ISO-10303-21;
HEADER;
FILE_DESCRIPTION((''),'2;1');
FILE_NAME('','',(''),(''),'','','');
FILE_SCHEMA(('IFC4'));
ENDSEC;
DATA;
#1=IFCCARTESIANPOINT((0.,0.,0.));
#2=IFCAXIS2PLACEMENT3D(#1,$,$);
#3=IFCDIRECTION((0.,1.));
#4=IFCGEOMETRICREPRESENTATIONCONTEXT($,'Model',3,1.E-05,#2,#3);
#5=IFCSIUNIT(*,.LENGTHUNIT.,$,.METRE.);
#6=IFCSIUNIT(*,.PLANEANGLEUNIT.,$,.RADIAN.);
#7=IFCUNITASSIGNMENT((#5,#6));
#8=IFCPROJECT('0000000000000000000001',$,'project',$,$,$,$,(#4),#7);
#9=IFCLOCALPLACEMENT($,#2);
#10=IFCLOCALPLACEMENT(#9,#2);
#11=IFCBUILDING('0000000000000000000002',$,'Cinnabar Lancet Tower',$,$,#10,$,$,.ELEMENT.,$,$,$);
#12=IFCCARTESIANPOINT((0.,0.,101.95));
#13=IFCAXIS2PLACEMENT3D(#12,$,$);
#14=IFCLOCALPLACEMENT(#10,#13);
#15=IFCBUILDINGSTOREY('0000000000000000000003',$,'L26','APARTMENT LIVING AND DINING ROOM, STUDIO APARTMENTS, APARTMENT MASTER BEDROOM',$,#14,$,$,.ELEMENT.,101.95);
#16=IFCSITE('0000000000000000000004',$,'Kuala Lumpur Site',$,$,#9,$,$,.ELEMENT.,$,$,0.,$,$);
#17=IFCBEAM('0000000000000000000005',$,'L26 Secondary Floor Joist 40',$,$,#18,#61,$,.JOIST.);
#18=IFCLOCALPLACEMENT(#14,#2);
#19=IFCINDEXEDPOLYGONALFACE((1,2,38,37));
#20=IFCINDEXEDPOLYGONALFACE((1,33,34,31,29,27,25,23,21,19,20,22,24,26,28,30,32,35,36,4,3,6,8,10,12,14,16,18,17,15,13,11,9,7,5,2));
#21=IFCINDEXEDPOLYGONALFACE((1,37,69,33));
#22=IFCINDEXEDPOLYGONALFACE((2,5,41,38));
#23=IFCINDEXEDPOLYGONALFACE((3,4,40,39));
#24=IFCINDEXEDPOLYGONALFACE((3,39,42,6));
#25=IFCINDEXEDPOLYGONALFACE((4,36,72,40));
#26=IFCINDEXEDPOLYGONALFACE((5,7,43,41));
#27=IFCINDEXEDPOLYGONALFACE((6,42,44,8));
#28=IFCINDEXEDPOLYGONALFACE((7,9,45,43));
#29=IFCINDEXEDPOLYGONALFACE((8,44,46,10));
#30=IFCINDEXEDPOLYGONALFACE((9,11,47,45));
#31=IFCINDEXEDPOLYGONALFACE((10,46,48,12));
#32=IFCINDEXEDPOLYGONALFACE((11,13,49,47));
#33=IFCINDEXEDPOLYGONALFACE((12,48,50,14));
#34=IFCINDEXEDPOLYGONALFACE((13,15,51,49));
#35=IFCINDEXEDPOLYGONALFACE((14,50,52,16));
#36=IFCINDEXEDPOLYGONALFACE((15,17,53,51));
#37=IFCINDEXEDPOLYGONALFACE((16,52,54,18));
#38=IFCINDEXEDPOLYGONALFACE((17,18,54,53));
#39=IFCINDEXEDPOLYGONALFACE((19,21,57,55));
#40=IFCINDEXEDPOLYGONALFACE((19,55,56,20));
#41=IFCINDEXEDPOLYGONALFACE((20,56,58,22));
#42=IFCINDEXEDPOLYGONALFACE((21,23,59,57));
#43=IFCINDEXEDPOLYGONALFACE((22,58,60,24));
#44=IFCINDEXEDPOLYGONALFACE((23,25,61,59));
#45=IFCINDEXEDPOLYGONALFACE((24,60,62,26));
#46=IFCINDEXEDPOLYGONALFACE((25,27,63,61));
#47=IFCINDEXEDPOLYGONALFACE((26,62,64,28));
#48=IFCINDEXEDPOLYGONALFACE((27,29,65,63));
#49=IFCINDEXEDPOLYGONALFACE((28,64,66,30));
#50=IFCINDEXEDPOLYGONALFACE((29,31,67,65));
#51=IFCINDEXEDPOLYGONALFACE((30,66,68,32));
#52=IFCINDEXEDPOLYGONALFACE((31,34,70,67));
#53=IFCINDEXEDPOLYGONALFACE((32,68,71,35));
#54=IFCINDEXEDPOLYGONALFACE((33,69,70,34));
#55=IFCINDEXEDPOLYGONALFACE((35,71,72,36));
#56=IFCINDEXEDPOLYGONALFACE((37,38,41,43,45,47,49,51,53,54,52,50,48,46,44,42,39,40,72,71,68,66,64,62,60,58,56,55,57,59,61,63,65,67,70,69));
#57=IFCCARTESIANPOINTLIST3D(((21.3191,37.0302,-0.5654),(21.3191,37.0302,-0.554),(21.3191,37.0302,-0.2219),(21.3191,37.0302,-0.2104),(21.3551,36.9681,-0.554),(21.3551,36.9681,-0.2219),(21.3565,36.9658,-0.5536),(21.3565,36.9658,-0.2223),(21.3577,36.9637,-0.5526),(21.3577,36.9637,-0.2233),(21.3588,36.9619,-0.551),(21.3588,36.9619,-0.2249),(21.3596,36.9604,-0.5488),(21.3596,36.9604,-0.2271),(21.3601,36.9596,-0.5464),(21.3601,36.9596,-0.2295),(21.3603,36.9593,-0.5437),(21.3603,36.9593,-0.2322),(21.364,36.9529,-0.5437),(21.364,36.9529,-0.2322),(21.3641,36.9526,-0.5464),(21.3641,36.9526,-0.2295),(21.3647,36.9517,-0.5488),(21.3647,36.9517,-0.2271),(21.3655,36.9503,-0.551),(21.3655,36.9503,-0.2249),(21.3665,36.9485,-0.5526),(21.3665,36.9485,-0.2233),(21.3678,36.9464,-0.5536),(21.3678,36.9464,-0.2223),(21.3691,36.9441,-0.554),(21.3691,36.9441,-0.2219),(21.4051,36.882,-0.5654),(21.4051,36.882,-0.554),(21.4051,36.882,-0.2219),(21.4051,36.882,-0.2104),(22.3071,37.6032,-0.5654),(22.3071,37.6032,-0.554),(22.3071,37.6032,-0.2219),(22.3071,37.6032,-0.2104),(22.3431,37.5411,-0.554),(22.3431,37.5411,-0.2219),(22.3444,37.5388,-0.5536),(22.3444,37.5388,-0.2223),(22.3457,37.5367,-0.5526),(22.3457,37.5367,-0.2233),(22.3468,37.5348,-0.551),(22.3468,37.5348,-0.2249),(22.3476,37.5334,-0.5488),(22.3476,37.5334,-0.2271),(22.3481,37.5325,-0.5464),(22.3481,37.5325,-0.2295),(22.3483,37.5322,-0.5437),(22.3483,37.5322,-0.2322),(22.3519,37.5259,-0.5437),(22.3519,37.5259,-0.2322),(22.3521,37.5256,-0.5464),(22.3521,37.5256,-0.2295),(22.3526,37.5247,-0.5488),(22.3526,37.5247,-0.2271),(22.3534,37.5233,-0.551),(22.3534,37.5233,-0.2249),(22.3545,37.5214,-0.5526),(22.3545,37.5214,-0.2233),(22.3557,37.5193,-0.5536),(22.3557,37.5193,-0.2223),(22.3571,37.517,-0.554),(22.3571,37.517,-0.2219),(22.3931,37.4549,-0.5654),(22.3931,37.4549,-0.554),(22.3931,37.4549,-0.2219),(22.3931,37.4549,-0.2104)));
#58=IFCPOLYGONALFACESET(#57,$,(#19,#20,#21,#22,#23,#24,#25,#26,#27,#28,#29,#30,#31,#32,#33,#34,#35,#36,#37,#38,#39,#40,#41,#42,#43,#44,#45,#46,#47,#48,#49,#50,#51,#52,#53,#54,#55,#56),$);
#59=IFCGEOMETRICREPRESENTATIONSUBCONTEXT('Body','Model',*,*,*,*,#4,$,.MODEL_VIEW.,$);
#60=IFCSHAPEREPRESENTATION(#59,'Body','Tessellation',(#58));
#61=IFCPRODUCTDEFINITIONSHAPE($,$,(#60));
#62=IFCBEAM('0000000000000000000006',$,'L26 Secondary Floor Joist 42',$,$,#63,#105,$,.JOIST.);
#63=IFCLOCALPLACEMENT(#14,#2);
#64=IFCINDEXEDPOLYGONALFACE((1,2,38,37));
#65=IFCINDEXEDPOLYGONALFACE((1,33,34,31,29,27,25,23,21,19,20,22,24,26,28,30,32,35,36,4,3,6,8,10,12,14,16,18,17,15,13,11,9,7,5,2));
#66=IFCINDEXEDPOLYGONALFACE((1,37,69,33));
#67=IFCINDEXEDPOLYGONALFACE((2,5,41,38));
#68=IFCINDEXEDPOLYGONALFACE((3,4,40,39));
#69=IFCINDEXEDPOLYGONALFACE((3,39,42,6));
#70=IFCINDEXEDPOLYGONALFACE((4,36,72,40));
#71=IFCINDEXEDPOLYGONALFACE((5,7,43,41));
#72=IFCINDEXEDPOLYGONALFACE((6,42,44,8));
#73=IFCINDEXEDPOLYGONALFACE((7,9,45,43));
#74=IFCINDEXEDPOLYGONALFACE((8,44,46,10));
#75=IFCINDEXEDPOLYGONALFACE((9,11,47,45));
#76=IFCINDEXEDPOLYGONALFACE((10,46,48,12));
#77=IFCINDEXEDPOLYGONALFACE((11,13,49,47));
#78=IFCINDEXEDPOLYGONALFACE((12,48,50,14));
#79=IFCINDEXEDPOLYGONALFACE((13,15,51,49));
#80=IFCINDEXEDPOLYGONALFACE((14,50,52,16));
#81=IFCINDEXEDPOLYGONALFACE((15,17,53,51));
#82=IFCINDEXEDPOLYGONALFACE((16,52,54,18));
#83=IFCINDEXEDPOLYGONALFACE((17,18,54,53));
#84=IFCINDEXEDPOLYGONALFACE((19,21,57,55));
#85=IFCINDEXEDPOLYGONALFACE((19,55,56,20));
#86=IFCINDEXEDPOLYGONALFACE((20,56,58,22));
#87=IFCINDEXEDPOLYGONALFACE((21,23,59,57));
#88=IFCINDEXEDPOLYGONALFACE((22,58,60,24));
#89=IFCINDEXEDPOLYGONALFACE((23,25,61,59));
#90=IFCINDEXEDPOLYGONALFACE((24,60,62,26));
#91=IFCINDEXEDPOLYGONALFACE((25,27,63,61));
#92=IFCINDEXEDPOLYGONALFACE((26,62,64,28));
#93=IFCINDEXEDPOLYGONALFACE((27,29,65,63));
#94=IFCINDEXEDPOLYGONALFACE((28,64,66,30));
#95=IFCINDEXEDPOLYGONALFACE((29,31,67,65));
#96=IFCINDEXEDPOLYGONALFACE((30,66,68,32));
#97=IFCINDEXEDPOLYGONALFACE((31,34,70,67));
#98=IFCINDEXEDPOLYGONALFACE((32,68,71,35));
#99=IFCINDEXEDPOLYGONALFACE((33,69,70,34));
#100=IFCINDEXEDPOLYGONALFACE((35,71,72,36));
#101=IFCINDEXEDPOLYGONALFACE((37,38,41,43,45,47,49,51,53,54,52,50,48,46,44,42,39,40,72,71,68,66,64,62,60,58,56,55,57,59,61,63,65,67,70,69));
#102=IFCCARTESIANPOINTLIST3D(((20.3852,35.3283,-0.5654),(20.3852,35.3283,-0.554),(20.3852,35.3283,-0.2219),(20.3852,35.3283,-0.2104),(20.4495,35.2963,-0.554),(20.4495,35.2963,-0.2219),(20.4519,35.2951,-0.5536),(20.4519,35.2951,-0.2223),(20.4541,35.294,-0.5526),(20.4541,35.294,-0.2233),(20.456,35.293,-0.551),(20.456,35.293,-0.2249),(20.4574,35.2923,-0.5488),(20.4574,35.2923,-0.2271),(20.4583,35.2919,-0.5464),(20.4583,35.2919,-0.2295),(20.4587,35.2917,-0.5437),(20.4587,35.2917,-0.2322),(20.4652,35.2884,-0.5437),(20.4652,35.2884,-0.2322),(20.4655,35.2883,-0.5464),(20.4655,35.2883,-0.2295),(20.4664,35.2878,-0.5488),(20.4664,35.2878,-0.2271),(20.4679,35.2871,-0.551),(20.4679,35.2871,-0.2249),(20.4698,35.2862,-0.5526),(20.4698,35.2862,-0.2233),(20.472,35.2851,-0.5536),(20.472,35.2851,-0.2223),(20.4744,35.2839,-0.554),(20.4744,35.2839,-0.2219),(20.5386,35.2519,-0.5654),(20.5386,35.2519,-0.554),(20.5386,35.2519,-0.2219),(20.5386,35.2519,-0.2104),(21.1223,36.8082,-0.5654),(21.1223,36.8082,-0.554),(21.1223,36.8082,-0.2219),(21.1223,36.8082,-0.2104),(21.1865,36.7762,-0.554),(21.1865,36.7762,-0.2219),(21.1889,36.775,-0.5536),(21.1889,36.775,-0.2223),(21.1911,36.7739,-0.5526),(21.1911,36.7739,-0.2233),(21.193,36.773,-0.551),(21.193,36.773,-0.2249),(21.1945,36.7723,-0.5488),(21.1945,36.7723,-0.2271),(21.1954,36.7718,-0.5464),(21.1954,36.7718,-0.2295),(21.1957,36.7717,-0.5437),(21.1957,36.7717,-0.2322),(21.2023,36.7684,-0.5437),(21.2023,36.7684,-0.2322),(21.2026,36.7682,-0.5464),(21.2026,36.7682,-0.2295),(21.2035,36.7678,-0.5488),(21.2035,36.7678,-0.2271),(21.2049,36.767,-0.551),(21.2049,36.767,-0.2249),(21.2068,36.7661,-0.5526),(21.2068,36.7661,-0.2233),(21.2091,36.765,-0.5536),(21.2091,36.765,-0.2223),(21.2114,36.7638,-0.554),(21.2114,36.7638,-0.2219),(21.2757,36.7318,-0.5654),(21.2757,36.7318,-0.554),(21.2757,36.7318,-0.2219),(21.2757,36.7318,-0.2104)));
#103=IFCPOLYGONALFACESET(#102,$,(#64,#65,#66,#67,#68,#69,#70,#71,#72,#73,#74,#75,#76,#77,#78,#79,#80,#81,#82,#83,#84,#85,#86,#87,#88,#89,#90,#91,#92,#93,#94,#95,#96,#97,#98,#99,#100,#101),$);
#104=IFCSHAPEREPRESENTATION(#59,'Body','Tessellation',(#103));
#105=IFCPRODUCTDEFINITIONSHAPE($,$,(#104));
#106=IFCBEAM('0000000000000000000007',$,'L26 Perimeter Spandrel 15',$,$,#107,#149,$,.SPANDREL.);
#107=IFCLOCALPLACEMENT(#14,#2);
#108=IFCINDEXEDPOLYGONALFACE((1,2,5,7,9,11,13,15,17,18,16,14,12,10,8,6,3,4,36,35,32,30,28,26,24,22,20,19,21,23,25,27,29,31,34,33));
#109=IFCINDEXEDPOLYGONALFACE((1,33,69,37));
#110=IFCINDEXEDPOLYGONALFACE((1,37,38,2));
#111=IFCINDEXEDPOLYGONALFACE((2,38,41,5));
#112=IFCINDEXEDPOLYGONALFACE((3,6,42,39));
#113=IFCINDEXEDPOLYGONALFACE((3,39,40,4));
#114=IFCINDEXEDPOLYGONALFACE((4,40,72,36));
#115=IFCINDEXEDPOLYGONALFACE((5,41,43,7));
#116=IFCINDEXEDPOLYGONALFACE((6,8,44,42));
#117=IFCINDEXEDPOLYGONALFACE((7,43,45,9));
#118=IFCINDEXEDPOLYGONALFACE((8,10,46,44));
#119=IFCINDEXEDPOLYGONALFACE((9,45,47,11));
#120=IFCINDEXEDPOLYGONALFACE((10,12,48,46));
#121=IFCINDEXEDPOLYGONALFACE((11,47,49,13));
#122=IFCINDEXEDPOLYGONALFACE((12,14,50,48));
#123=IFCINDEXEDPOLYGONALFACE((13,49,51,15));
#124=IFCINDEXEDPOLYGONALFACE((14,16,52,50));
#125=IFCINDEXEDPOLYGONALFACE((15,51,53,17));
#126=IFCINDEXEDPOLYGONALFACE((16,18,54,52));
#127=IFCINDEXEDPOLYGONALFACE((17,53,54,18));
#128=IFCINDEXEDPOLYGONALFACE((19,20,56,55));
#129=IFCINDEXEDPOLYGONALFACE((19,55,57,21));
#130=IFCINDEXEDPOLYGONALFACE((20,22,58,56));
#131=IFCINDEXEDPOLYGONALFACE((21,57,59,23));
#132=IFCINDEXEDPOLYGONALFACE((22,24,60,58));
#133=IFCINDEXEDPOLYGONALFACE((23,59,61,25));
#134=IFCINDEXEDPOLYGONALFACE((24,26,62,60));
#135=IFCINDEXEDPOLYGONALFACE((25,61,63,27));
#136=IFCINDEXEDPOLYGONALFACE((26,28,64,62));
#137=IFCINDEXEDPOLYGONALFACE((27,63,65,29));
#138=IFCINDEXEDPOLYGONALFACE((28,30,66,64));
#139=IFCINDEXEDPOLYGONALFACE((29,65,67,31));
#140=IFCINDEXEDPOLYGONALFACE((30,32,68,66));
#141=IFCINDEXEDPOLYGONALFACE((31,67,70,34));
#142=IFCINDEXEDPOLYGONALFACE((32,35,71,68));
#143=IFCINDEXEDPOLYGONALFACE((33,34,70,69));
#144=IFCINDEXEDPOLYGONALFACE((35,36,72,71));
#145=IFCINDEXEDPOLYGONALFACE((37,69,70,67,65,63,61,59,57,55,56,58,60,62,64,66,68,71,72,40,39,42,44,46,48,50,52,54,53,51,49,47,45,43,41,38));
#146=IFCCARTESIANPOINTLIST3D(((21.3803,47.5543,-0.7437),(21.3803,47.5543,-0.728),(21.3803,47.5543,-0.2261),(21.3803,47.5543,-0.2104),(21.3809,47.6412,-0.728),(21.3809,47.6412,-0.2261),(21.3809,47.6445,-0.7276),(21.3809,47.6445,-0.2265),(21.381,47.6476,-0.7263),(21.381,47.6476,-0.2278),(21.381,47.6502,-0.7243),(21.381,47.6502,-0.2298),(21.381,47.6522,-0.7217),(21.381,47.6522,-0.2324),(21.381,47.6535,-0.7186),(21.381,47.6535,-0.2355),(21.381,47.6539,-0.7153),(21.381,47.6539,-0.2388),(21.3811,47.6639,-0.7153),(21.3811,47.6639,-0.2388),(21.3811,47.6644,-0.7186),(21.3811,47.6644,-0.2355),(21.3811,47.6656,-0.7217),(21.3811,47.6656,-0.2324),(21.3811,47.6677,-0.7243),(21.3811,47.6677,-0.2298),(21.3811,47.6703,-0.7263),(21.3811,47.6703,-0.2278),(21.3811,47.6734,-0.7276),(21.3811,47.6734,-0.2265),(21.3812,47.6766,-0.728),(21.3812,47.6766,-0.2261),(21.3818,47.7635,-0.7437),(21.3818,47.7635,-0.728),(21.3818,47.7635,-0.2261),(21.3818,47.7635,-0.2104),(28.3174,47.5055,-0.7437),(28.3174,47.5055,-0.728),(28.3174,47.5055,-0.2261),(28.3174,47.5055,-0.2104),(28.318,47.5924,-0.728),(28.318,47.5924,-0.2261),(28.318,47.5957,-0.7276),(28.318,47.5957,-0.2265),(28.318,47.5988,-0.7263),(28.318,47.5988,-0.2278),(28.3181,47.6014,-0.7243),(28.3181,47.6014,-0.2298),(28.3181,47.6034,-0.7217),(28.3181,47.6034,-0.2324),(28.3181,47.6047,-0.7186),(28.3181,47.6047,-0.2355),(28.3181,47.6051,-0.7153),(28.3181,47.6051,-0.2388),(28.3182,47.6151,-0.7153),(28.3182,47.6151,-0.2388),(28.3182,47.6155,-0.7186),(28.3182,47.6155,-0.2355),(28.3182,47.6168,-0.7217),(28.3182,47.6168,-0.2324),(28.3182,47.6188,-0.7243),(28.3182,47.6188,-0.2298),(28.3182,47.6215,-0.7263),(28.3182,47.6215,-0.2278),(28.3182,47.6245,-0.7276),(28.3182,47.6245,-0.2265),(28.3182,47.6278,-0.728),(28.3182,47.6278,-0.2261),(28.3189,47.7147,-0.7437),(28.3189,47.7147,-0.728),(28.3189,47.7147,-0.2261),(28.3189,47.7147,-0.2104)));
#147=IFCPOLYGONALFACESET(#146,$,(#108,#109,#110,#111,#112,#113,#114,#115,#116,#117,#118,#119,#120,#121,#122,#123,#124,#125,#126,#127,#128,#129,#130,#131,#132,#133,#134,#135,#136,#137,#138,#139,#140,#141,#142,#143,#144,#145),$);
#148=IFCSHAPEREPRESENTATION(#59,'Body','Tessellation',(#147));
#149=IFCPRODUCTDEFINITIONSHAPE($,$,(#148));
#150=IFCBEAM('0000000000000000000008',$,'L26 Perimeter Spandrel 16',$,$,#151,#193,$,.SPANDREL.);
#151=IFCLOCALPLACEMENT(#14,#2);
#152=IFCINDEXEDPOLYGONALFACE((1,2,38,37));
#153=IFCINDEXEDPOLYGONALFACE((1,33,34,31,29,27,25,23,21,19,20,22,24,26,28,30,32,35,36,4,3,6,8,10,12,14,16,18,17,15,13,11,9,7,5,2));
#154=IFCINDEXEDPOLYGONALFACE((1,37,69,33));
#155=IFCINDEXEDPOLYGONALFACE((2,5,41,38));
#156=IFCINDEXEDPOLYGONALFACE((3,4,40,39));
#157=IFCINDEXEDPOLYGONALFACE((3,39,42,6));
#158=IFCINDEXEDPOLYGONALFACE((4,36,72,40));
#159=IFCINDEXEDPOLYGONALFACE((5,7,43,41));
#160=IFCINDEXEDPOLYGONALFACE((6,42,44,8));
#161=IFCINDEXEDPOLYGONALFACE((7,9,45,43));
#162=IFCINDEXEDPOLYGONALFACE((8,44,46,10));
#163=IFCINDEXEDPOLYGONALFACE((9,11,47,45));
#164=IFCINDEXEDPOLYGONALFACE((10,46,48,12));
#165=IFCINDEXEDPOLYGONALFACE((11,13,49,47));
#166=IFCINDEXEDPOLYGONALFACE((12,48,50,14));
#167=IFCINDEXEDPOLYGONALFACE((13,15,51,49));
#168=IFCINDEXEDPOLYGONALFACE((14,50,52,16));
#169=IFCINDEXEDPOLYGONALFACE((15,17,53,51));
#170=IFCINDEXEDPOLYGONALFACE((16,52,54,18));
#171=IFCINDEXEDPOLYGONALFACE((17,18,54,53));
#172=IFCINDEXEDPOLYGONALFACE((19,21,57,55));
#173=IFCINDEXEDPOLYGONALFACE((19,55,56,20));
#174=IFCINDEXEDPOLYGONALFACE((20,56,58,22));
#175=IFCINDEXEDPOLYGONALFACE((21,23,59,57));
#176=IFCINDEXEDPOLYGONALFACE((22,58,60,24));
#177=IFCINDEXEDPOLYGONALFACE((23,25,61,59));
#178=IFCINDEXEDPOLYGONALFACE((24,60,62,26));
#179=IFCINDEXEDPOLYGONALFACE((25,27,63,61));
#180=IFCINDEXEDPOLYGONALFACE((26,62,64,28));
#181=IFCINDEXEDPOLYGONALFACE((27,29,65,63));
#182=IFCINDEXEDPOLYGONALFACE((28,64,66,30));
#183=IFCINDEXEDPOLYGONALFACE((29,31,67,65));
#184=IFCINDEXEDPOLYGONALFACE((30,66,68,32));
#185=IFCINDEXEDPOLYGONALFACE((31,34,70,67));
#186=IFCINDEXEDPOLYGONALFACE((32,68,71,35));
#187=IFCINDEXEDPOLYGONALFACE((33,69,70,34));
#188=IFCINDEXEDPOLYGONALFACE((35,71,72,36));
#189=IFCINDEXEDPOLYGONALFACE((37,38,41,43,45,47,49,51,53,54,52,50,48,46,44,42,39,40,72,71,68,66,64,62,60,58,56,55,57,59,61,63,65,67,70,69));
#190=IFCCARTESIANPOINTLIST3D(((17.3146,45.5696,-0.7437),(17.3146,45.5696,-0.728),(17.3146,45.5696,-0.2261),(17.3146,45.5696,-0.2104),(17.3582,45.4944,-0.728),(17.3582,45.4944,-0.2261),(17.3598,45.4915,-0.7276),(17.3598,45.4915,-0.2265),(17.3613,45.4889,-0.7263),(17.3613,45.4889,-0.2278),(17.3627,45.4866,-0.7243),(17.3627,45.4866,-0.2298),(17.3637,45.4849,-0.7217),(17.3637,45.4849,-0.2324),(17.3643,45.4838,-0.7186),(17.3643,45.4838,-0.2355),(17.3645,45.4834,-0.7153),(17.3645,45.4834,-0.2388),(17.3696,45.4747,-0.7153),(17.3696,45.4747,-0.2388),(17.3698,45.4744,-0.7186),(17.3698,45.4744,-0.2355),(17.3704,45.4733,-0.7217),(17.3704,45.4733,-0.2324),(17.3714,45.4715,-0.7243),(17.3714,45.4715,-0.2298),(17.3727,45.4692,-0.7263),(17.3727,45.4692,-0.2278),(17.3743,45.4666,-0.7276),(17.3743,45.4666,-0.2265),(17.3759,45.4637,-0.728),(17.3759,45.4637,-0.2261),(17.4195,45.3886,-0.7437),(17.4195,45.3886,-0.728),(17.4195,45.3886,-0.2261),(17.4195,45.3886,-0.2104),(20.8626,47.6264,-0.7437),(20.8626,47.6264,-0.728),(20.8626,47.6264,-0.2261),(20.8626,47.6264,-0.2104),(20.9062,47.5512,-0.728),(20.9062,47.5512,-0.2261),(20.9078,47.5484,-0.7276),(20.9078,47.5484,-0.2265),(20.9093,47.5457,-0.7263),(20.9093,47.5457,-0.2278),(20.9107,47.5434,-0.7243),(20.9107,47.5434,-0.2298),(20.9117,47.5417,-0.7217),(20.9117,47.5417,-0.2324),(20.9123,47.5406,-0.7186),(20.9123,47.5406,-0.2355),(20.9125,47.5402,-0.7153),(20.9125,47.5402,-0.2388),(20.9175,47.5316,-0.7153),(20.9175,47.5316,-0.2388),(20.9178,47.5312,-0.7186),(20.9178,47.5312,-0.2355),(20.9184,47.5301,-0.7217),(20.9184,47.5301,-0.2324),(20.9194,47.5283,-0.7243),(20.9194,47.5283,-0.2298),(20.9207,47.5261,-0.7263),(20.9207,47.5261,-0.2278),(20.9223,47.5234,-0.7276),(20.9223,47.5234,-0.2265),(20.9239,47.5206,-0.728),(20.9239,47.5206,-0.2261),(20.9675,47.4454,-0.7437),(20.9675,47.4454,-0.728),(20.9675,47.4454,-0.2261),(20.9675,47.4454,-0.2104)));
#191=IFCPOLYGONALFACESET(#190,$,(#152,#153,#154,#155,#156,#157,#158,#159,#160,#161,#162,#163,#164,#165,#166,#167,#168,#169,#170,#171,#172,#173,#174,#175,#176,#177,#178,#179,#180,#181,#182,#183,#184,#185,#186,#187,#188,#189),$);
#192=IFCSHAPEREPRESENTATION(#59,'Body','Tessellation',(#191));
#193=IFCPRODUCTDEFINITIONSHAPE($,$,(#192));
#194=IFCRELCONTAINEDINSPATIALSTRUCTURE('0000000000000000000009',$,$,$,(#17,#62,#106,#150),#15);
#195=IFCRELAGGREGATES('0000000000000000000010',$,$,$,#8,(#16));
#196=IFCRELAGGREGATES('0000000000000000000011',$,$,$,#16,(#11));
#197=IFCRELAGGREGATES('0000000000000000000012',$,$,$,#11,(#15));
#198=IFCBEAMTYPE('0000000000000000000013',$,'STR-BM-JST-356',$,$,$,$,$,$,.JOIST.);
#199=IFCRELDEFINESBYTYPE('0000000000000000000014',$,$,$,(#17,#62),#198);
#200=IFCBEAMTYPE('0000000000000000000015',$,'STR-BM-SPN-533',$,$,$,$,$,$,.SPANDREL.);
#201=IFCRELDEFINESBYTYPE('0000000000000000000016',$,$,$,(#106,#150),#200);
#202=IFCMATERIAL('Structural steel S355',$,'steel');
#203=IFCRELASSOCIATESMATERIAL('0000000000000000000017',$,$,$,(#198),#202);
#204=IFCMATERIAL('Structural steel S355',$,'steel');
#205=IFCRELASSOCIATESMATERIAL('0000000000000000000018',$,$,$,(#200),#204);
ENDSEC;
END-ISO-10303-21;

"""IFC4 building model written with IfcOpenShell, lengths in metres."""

from ifc_helpers import new_model, si_unit, direction, frame, origin, origin_2d, place, context, subcontext, project, spatial, i_section, extrude, material, material_profile, profile_set, type_object, element, save


model = new_model("IFC4")

# Units and contexts
model_context = context("Model", 3, precision=1e-05, world=origin(), true_north=direction((0.0, 1.0)))
body_context = subcontext(model_context, "Body", "Model", "MODEL_VIEW")
ifc_project = project(units=[si_unit("LENGTHUNIT", "METRE"), si_unit("PLANEANGLEUNIT", "RADIAN")], contexts=[model_context])

# Site, building, storey
site_placement = place(None, origin())
site = spatial("IfcSite", under=ifc_project, at=site_placement, Name="Kuala Lumpur Site", CompositionType="ELEMENT", RefElevation=0.0)
building_placement = place(site_placement, origin())
building = spatial("IfcBuilding", under=site, at=building_placement, Name="Cinnabar Lancet Tower", CompositionType="ELEMENT")
storey_placement = place(building_placement, frame((0.0, 0.0, 101.95)))
storey = spatial("IfcBuildingStorey", under=building, at=storey_placement, Name="L26", Description="APARTMENT LIVING AND DINING ROOM, STUDIO APARTMENTS, APARTMENT MASTER BEDROOM", CompositionType="ELEMENT", Elevation=101.95)

# Beams
ifc_material_1 = material(Name="Structural steel S355", Category="steel")
ifc_material_profile_1 = material_profile(ifc_material_1, i_section(OverallWidth=0.1714, OverallDepth=0.355, WebThickness=0.0073, FlangeThickness=0.0115, FilletRadius=0.0103, at=origin_2d()), Name="UKB 356x171x51")
ifc_profile_set_1 = profile_set([ifc_material_profile_1], Name="Structural steel S355")
beam_type_1 = type_object("IfcBeamType", Name="STR-BM-JST-356", PredefinedType="JOIST", material=ifc_profile_set_1)
beam_1_placement = place(storey_placement, frame((22.3501, 37.5291, -0.3879), z_axis=(-0.865055, -0.501677, 0.0), x_axis=(0.501677, -0.865055, 0.0)))
element("IfcBeam", 1, at=beam_1_placement, inside=storey, type_object=beam_type_1, Name="L26 Secondary Floor Joist 40", PredefinedType="JOIST", context=body_context, shape_type="SweptSolid", body=[
    extrude(i_section(OverallWidth=0.1714, OverallDepth=0.355, WebThickness=0.0073, FlangeThickness=0.0115, FilletRadius=0.0103, at=origin_2d()), origin(), (0.0, 0.0, 1.0), 1.1421),
])
beam_2_placement = place(storey_placement, frame((21.199, 36.77, -0.3879), z_axis=(-0.445795, -0.895135, 0.0), x_axis=(0.895135, -0.445795, 0.0)))
element("IfcBeam", 2, at=beam_2_placement, inside=storey, type_object=beam_type_1, Name="L26 Secondary Floor Joist 42", PredefinedType="JOIST", context=body_context, shape_type="SweptSolid", body=[
    extrude(i_section(OverallWidth=0.1714, OverallDepth=0.355, WebThickness=0.0073, FlangeThickness=0.0115, FilletRadius=0.0103, at=origin_2d()), origin(), (0.0, 0.0, 1.0), 1.6533),
])
ifc_material_2 = material(Name="Structural steel S355", Category="steel")
ifc_material_profile_2 = material_profile(ifc_material_2, i_section(OverallWidth=0.2092, OverallDepth=0.5332, WebThickness=0.01, FlangeThickness=0.0156, FilletRadius=0.0127, at=origin_2d()), Name="UKB 533x210x92")
ifc_profile_set_2 = profile_set([ifc_material_profile_2], Name="Structural steel S355")
beam_type_2 = type_object("IfcBeamType", Name="STR-BM-SPN-533", PredefinedType="SPANDREL", material=ifc_profile_set_2)
beam_3_placement = place(storey_placement, frame((28.3181, 47.6101, -0.4771), z_axis=(-0.999975, 0.007039, 0.0), x_axis=(-0.007039, -0.999975, 0.0)))
element("IfcBeam", 3, at=beam_3_placement, inside=storey, type_object=beam_type_2, Name="L26 Perimeter Spandrel 15", PredefinedType="SPANDREL", context=body_context, shape_type="SweptSolid", body=[
    extrude(i_section(OverallWidth=0.2092, OverallDepth=0.5332, WebThickness=0.01, FlangeThickness=0.0156, FilletRadius=0.0127, at=origin_2d()), origin(), (0.0, 0.0, 1.0), 6.9373),
])
beam_4_placement = place(storey_placement, frame((20.915, 47.5359, -0.4771), z_axis=(-0.865138, -0.501534, 0.0), x_axis=(0.501534, -0.865138, 0.0)))
element("IfcBeam", 4, at=beam_4_placement, inside=storey, type_object=beam_type_2, Name="L26 Perimeter Spandrel 16", PredefinedType="SPANDREL", context=body_context, shape_type="SweptSolid", body=[
    extrude(i_section(OverallWidth=0.2092, OverallDepth=0.5332, WebThickness=0.01, FlangeThickness=0.0156, FilletRadius=0.0127, at=origin_2d()), origin(), (0.0, 0.0, 1.0), 4.1011),
])

save(model, "model.ifc")
